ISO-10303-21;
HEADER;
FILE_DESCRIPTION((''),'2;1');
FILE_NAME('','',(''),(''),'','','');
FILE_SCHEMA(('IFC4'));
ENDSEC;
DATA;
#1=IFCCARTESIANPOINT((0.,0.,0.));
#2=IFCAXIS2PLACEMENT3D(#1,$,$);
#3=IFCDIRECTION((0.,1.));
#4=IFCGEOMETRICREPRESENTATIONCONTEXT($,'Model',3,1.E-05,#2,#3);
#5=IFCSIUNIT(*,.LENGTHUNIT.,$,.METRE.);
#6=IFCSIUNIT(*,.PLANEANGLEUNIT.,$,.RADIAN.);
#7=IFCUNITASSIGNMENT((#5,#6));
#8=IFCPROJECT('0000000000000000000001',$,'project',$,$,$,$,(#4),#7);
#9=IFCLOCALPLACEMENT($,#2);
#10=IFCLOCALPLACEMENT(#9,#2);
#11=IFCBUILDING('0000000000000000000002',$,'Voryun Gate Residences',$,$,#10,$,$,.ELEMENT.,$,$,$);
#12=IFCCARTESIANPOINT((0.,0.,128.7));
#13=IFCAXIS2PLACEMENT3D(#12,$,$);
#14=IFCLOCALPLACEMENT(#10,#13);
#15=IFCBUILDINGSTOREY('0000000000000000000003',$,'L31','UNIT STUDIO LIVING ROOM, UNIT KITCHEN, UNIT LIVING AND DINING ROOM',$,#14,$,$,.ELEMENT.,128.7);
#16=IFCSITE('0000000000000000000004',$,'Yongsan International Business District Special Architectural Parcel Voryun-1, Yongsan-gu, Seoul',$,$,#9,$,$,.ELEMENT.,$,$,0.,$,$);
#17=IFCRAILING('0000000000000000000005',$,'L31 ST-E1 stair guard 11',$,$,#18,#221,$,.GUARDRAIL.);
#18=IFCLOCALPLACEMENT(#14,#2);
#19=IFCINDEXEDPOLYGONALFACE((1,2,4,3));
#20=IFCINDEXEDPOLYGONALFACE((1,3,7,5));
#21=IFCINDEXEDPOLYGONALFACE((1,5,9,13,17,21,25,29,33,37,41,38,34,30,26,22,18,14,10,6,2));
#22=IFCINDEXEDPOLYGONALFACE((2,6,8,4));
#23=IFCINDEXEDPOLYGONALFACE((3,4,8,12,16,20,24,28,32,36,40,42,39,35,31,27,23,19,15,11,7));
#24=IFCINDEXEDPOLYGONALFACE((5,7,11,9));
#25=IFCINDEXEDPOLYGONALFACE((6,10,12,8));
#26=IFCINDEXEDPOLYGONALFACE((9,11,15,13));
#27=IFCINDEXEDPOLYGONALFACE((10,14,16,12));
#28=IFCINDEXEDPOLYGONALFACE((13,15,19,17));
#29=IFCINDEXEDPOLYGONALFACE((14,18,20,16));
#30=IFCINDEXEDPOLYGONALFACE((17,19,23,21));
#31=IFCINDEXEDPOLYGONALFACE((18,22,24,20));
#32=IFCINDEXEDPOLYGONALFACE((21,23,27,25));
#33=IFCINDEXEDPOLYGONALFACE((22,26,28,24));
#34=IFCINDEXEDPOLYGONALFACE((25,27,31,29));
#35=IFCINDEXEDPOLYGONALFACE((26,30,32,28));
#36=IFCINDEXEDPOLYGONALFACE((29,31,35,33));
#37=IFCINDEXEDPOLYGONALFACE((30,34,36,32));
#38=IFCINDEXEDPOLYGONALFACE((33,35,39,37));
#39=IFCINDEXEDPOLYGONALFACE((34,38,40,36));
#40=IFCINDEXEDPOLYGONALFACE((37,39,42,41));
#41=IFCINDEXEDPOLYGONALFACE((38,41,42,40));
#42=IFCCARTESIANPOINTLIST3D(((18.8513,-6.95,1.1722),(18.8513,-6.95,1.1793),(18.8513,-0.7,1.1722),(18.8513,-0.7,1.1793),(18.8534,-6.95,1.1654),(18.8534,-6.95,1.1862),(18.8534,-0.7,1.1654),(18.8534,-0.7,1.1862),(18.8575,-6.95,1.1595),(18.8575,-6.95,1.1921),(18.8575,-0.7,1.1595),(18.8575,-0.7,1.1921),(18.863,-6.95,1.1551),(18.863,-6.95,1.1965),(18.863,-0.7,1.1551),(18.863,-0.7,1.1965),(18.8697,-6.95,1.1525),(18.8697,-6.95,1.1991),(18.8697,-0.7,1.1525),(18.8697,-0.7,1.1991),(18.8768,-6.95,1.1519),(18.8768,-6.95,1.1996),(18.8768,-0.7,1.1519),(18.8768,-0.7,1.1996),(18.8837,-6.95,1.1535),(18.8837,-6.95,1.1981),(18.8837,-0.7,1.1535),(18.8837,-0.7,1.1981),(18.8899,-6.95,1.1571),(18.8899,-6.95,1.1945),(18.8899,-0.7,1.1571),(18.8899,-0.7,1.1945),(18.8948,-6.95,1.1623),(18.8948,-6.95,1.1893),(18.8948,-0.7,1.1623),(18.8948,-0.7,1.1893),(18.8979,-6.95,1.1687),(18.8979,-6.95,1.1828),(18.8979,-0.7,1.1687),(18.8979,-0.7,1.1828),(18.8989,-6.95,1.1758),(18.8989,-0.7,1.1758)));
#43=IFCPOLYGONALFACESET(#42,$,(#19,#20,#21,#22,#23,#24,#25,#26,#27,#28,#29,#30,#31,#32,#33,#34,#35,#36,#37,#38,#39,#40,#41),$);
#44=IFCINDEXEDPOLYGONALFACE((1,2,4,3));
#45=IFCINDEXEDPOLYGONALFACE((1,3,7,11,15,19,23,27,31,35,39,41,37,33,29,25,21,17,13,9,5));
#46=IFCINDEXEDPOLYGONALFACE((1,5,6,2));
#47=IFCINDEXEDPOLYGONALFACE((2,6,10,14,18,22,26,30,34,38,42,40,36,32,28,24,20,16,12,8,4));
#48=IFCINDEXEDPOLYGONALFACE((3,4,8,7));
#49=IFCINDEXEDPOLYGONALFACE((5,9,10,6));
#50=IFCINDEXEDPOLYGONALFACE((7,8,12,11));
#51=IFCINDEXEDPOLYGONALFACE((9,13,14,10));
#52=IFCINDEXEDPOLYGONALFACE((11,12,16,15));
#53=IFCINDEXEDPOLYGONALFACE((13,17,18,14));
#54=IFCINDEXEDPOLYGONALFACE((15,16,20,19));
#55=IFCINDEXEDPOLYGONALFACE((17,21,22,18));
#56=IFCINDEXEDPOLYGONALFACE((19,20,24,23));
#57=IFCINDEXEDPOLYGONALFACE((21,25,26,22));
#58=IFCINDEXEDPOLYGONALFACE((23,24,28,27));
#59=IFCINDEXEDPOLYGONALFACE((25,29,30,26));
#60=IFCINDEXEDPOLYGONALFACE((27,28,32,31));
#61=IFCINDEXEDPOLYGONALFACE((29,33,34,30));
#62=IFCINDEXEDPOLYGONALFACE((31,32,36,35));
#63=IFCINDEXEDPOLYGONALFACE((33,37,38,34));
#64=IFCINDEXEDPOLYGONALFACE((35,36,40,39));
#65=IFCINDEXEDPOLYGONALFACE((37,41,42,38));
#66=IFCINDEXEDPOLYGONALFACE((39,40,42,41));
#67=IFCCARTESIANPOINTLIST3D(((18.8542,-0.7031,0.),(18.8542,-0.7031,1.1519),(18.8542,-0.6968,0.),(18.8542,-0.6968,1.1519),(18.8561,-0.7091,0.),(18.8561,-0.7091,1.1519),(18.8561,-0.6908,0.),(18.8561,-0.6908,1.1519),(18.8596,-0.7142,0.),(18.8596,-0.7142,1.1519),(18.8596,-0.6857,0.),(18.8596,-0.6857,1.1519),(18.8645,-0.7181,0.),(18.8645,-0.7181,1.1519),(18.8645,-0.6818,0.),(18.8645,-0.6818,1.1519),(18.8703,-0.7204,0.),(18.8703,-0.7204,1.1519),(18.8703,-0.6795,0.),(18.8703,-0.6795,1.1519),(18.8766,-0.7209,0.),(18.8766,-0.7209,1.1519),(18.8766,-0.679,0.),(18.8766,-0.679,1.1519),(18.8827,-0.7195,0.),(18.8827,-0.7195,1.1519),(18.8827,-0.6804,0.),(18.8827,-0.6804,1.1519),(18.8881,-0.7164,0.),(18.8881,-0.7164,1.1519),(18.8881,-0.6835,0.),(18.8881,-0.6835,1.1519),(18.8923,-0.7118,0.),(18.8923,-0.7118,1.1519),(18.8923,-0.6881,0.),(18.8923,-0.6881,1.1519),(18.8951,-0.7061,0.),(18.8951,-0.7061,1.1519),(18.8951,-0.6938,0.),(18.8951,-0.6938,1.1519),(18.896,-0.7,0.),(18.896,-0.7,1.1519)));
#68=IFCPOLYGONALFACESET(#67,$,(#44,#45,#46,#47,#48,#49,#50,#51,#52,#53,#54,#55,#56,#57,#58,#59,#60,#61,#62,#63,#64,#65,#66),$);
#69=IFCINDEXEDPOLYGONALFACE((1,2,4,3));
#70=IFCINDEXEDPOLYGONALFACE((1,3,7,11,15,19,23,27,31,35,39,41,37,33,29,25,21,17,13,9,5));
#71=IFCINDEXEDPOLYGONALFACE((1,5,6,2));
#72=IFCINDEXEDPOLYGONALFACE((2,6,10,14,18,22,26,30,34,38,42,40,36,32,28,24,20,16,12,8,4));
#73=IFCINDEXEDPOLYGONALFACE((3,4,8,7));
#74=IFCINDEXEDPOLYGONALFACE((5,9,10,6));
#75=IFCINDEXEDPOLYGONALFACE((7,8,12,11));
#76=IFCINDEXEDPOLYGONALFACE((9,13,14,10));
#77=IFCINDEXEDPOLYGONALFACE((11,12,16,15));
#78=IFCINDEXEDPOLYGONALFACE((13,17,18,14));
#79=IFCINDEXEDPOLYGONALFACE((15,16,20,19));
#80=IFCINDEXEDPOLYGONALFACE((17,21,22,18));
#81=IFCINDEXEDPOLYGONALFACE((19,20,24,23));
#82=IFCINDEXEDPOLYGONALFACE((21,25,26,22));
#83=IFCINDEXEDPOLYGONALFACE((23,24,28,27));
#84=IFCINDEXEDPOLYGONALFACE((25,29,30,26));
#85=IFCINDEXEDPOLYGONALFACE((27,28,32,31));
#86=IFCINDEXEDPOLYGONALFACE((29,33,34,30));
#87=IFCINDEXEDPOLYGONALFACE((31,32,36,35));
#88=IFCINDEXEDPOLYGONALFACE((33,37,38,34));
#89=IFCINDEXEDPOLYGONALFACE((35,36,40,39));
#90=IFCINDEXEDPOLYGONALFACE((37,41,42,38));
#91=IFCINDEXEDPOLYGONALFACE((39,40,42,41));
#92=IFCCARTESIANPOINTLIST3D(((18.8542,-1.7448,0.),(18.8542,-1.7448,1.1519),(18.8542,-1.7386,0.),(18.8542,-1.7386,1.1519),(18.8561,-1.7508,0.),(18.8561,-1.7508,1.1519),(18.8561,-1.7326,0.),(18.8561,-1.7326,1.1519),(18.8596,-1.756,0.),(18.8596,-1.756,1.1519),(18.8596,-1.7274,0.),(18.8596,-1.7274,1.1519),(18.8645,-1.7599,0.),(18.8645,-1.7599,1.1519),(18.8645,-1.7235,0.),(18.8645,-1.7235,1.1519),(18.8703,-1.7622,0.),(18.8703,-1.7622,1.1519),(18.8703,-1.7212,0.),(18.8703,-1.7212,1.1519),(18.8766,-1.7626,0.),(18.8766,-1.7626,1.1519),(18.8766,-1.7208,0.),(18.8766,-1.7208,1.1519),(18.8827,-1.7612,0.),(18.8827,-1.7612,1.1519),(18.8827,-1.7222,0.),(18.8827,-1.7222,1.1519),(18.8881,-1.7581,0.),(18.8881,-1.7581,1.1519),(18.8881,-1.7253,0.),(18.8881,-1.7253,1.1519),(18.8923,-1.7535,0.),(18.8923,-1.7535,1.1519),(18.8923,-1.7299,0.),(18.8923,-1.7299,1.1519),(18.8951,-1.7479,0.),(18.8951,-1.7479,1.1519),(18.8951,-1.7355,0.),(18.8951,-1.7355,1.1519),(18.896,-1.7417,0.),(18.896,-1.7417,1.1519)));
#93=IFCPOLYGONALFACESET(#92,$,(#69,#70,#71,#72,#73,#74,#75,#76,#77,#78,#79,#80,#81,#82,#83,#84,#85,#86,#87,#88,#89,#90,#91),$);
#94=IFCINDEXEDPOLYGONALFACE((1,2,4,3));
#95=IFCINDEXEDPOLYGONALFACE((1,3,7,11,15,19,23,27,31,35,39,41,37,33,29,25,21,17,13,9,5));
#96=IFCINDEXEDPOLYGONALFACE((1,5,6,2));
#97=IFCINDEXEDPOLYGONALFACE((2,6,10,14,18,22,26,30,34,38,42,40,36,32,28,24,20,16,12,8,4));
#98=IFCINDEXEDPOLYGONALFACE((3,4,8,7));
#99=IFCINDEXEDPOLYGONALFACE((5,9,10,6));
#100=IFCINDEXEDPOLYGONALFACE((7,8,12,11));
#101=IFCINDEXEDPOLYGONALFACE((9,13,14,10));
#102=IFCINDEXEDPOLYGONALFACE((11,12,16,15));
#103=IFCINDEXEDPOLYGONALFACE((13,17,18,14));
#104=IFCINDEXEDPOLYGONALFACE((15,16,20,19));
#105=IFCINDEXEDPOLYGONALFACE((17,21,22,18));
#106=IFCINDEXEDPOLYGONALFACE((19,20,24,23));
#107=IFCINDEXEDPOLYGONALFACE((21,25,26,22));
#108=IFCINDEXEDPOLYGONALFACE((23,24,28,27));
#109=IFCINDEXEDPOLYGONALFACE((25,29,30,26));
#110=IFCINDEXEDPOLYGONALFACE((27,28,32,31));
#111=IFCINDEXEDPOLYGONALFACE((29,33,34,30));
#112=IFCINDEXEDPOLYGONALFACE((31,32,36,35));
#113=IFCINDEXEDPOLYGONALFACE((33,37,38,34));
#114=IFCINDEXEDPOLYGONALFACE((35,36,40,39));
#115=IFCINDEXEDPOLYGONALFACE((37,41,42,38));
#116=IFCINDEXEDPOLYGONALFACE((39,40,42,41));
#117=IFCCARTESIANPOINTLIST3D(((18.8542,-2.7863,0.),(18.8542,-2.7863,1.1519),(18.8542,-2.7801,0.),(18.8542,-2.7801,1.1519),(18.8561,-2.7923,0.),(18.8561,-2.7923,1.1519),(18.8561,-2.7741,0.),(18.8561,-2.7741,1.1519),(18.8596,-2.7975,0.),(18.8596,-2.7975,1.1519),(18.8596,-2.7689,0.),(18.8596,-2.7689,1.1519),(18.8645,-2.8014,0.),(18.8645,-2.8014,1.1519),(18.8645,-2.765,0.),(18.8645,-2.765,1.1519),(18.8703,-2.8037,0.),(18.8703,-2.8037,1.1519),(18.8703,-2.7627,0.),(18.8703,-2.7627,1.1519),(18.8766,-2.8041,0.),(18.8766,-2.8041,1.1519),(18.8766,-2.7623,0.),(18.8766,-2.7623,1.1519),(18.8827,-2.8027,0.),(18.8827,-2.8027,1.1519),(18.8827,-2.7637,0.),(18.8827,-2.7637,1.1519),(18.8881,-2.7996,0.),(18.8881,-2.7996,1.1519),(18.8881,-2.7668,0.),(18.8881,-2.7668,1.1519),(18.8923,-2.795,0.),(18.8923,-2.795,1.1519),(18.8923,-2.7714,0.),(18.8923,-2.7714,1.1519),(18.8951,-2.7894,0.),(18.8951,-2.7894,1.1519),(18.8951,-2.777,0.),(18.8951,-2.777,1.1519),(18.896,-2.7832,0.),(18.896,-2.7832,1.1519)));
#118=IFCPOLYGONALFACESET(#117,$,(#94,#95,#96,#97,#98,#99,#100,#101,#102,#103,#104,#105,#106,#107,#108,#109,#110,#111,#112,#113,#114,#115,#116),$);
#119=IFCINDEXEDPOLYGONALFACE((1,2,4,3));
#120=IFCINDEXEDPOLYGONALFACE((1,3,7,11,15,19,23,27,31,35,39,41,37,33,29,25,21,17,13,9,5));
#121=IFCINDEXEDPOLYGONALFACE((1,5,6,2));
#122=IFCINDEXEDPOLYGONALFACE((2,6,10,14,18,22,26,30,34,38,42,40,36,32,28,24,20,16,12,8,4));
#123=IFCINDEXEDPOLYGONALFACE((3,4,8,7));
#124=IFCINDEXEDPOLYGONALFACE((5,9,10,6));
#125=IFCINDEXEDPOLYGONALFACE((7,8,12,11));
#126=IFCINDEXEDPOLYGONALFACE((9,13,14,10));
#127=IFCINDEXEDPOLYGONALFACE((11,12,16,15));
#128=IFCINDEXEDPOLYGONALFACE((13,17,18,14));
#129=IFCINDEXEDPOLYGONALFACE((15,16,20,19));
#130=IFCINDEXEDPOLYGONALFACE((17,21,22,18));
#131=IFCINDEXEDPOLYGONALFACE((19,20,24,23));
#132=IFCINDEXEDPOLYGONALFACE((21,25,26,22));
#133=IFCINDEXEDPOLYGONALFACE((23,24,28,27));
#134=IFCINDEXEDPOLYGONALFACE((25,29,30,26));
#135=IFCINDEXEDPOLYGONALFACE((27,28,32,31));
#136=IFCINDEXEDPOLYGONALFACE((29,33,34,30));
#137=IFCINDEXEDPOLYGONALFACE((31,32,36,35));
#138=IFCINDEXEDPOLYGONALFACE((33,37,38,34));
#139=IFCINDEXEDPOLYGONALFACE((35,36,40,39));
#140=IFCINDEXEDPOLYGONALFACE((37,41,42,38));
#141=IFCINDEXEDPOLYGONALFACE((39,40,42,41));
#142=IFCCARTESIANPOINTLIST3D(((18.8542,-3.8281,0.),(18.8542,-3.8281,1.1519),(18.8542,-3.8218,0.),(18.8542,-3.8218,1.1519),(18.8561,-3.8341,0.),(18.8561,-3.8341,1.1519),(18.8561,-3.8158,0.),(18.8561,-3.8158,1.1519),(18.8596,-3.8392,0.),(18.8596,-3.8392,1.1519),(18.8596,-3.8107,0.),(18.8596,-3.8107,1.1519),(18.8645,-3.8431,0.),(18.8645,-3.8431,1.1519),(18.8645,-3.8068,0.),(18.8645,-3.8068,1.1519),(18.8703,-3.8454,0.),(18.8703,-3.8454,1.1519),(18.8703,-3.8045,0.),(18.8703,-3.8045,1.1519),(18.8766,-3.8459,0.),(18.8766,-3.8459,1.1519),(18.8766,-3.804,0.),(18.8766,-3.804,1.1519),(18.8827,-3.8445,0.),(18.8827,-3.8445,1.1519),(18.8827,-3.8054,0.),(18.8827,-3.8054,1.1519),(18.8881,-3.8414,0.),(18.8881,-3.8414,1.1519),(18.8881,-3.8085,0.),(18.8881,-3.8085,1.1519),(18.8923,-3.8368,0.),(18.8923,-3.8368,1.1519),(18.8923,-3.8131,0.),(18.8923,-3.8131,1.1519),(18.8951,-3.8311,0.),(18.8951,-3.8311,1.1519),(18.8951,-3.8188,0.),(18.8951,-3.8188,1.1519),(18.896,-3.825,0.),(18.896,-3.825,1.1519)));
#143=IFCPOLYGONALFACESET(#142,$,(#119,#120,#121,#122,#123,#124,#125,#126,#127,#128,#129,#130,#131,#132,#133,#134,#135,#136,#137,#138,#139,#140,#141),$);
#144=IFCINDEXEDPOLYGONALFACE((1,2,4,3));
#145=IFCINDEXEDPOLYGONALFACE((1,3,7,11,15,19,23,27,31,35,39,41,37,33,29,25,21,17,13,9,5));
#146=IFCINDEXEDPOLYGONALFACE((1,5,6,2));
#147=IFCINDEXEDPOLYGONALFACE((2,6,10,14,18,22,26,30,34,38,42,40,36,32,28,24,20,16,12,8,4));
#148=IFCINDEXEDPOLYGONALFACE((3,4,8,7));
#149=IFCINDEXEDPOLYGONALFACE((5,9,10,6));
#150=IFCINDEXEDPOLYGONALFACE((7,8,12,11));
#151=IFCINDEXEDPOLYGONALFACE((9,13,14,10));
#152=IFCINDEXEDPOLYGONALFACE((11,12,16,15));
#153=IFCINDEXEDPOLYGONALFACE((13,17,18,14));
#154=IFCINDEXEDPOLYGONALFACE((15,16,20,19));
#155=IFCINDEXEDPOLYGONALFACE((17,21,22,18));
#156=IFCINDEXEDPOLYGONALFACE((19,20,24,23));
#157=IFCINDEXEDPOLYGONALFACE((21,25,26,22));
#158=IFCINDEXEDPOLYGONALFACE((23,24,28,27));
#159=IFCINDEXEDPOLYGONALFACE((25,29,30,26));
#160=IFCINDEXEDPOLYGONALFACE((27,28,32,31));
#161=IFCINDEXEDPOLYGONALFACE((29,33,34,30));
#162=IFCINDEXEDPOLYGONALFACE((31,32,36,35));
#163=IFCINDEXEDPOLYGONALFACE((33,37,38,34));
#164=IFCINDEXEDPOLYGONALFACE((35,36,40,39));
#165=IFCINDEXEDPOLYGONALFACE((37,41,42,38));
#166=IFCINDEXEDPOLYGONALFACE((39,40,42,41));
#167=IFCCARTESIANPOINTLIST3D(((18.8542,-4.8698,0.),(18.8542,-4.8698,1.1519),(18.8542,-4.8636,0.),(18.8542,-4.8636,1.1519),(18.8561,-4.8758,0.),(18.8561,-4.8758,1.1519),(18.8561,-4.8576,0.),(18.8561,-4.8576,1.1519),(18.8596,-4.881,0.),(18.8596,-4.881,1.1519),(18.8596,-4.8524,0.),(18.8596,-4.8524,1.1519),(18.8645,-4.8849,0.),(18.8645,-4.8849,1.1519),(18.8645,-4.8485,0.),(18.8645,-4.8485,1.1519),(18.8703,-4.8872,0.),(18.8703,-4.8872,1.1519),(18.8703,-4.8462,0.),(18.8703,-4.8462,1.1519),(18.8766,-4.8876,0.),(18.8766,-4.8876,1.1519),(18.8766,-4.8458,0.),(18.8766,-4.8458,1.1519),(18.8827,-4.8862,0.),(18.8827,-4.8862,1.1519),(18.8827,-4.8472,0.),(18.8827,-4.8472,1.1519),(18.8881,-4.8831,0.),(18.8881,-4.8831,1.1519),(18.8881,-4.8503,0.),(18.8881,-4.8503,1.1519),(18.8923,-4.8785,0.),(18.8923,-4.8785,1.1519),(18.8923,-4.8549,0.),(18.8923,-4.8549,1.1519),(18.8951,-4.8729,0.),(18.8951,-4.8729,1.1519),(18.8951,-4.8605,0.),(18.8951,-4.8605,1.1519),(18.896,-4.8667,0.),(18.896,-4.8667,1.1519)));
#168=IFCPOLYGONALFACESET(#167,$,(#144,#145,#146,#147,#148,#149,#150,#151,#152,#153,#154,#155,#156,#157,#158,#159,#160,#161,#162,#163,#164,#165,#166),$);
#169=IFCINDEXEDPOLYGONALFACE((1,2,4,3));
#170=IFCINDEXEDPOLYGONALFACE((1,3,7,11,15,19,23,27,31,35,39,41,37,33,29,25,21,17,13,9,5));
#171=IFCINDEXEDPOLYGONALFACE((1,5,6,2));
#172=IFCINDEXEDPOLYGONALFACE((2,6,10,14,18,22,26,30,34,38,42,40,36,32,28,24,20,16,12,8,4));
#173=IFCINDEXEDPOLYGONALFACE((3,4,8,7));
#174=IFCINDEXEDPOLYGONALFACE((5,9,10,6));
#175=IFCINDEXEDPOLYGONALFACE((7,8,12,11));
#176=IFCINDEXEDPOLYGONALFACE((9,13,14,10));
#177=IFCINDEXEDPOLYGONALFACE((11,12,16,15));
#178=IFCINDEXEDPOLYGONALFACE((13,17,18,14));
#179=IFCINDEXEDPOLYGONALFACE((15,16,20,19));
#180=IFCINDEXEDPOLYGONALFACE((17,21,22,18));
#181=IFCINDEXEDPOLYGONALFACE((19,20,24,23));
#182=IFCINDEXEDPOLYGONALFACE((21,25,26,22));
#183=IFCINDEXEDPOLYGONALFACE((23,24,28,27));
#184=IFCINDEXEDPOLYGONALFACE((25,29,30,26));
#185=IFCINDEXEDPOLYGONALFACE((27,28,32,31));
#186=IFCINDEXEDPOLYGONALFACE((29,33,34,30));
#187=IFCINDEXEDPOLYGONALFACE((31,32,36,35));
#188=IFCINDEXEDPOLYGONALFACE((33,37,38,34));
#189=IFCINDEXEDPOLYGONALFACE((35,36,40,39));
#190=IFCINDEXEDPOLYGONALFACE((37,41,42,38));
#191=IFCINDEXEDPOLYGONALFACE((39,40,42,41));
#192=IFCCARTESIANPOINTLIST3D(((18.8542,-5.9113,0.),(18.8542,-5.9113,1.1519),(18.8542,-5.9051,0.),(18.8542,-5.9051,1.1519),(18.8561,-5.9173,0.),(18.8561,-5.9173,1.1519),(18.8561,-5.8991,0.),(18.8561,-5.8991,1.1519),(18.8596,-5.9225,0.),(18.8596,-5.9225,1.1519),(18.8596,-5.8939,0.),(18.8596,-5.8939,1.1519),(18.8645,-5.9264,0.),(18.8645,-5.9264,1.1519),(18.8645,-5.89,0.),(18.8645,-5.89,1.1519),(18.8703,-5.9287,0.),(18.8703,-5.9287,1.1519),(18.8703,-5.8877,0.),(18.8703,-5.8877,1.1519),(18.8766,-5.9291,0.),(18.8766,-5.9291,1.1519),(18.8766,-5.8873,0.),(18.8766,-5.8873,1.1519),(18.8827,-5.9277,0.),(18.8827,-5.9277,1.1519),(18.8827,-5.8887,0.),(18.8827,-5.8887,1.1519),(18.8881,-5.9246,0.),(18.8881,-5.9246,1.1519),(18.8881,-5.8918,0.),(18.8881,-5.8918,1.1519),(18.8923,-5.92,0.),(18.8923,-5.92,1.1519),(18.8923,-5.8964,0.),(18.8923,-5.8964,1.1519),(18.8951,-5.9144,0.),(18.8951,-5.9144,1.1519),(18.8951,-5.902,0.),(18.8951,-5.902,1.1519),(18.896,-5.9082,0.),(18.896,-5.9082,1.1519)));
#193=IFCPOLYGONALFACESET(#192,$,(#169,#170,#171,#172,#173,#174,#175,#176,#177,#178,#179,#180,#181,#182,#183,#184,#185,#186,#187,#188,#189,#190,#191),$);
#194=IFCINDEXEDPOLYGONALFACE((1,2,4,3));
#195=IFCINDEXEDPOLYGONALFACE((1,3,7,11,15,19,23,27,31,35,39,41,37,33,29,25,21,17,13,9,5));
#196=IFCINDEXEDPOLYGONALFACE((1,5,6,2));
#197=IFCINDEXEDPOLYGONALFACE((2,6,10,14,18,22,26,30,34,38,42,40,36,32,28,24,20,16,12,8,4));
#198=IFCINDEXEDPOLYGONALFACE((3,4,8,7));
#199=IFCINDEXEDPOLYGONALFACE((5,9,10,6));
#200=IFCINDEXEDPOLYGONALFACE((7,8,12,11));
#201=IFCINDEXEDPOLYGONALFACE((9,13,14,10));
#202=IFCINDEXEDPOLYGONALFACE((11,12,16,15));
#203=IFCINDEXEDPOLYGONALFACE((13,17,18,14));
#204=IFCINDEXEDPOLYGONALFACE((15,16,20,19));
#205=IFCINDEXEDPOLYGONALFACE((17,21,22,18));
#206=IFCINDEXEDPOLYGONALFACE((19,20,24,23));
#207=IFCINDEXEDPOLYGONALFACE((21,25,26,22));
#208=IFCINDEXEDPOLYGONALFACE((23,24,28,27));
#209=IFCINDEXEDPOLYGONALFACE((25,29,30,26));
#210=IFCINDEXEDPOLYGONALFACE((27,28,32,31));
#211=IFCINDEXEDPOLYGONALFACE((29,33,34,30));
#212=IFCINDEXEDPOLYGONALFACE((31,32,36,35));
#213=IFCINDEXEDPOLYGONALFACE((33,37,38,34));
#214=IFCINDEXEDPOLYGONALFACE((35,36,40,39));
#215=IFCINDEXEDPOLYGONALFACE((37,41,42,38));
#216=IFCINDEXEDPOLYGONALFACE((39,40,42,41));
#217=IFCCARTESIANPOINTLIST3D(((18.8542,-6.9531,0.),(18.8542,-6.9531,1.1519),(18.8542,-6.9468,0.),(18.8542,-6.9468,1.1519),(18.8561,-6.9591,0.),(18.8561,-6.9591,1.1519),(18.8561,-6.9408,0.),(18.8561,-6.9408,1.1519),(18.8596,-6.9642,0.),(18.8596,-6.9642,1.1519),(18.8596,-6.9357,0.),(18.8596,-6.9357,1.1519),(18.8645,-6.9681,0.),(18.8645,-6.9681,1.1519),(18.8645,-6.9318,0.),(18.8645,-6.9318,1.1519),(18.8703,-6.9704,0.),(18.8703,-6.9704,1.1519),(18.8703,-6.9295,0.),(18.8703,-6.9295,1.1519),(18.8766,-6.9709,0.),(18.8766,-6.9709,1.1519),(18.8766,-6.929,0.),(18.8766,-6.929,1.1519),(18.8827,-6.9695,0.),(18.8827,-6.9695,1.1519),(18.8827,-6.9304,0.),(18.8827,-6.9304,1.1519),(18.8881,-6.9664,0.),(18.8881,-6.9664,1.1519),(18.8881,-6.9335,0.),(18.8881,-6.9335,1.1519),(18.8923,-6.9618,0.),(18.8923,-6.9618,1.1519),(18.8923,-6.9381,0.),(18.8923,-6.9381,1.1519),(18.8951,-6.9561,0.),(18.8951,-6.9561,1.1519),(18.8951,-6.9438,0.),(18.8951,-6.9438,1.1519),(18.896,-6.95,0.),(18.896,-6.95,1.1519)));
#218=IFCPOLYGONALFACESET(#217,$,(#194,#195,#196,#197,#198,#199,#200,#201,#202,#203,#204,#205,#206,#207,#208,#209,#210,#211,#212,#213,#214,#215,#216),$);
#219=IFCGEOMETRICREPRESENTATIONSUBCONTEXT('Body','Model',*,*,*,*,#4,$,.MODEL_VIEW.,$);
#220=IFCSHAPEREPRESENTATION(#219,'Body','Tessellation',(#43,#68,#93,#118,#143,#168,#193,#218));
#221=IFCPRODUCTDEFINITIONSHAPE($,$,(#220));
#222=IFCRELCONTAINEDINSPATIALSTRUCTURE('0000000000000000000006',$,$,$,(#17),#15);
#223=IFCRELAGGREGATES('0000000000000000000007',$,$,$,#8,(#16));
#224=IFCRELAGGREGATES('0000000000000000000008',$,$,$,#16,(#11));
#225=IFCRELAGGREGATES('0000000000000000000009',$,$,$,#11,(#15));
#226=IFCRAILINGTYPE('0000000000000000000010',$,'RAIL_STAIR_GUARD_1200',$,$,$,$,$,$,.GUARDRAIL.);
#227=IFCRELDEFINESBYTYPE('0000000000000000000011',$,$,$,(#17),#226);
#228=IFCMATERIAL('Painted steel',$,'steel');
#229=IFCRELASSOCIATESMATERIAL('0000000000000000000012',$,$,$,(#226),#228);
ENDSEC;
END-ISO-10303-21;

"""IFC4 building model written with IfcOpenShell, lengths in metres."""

from ifc_helpers import new_model, si_unit, direction, frame, origin, origin_2d, place, context, subcontext, project, spatial, circle, extrude, material, type_object, element, save


model = new_model("IFC4")

# Units and contexts
model_context = context("Model", 3, precision=1e-05, world=origin(), true_north=direction((0.0, 1.0)))
body_context = subcontext(model_context, "Body", "Model", "MODEL_VIEW")
ifc_project = project(units=[si_unit("LENGTHUNIT", "METRE"), si_unit("PLANEANGLEUNIT", "RADIAN")], contexts=[model_context])

# Site, building, storey
site_placement = place(None, origin())
site = spatial("IfcSite", under=ifc_project, at=site_placement, Name="Yongsan International Business District Special Architectural Parcel Voryun-1, Yongsan-gu, Seoul", CompositionType="ELEMENT", RefElevation=0.0)
building_placement = place(site_placement, origin())
building = spatial("IfcBuilding", under=site, at=building_placement, Name="Voryun Gate Residences", CompositionType="ELEMENT")
storey_placement = place(building_placement, frame((0.0, 0.0, 128.7)))
storey = spatial("IfcBuildingStorey", under=building, at=storey_placement, Name="L31", Description="UNIT STUDIO LIVING ROOM, UNIT KITCHEN, UNIT LIVING AND DINING ROOM", CompositionType="ELEMENT", Elevation=128.7)

# Railing
ifc_material_1 = material(Name="Painted steel", Category="steel")
railing_type = type_object("IfcRailingType", Name="RAIL_STAIR_GUARD_1200", PredefinedType="GUARDRAIL", material=ifc_material_1)
railing_1_placement = place(storey_placement, frame((18.875, -0.7, 0.0)))
element("IfcRailing", 1, at=railing_1_placement, inside=storey, type_object=railing_type, Name="L31 ST-E1 stair guard 11", PredefinedType="GUARDRAIL", context=body_context, shape_type="SweptSolid", body=[
    extrude(circle(Radius=0.0239, at=origin_2d()), frame((0.0, 0.0, 1.1758), z_axis=(0.0, -1.0, 0.0), x_axis=(1.0, 0.0, 0.0)), (0.0, 0.0, 1.0), 6.25),
    extrude(circle(Radius=0.021, at=origin_2d()), origin(), (0.0, 0.0, 1.0), 1.1519),
    extrude(circle(Radius=0.021, at=origin_2d()), frame((0.0, -1.0417, 0.0)), (0.0, 0.0, 1.0), 1.1519),
    extrude(circle(Radius=0.021, at=origin_2d()), frame((0.0, -2.0833, 0.0)), (0.0, 0.0, 1.0), 1.1519),
    extrude(circle(Radius=0.021, at=origin_2d()), frame((0.0, -3.125, 0.0)), (0.0, 0.0, 1.0), 1.1519),
    extrude(circle(Radius=0.021, at=origin_2d()), frame((0.0, -4.1667, 0.0)), (0.0, 0.0, 1.0), 1.1519),
    extrude(circle(Radius=0.021, at=origin_2d()), frame((0.0, -5.2083, 0.0)), (0.0, 0.0, 1.0), 1.1519),
    extrude(circle(Radius=0.021, at=origin_2d()), frame((0.0, -6.25, 0.0)), (0.0, 0.0, 1.0), 1.1519),
])

save(model, "model.ifc")
